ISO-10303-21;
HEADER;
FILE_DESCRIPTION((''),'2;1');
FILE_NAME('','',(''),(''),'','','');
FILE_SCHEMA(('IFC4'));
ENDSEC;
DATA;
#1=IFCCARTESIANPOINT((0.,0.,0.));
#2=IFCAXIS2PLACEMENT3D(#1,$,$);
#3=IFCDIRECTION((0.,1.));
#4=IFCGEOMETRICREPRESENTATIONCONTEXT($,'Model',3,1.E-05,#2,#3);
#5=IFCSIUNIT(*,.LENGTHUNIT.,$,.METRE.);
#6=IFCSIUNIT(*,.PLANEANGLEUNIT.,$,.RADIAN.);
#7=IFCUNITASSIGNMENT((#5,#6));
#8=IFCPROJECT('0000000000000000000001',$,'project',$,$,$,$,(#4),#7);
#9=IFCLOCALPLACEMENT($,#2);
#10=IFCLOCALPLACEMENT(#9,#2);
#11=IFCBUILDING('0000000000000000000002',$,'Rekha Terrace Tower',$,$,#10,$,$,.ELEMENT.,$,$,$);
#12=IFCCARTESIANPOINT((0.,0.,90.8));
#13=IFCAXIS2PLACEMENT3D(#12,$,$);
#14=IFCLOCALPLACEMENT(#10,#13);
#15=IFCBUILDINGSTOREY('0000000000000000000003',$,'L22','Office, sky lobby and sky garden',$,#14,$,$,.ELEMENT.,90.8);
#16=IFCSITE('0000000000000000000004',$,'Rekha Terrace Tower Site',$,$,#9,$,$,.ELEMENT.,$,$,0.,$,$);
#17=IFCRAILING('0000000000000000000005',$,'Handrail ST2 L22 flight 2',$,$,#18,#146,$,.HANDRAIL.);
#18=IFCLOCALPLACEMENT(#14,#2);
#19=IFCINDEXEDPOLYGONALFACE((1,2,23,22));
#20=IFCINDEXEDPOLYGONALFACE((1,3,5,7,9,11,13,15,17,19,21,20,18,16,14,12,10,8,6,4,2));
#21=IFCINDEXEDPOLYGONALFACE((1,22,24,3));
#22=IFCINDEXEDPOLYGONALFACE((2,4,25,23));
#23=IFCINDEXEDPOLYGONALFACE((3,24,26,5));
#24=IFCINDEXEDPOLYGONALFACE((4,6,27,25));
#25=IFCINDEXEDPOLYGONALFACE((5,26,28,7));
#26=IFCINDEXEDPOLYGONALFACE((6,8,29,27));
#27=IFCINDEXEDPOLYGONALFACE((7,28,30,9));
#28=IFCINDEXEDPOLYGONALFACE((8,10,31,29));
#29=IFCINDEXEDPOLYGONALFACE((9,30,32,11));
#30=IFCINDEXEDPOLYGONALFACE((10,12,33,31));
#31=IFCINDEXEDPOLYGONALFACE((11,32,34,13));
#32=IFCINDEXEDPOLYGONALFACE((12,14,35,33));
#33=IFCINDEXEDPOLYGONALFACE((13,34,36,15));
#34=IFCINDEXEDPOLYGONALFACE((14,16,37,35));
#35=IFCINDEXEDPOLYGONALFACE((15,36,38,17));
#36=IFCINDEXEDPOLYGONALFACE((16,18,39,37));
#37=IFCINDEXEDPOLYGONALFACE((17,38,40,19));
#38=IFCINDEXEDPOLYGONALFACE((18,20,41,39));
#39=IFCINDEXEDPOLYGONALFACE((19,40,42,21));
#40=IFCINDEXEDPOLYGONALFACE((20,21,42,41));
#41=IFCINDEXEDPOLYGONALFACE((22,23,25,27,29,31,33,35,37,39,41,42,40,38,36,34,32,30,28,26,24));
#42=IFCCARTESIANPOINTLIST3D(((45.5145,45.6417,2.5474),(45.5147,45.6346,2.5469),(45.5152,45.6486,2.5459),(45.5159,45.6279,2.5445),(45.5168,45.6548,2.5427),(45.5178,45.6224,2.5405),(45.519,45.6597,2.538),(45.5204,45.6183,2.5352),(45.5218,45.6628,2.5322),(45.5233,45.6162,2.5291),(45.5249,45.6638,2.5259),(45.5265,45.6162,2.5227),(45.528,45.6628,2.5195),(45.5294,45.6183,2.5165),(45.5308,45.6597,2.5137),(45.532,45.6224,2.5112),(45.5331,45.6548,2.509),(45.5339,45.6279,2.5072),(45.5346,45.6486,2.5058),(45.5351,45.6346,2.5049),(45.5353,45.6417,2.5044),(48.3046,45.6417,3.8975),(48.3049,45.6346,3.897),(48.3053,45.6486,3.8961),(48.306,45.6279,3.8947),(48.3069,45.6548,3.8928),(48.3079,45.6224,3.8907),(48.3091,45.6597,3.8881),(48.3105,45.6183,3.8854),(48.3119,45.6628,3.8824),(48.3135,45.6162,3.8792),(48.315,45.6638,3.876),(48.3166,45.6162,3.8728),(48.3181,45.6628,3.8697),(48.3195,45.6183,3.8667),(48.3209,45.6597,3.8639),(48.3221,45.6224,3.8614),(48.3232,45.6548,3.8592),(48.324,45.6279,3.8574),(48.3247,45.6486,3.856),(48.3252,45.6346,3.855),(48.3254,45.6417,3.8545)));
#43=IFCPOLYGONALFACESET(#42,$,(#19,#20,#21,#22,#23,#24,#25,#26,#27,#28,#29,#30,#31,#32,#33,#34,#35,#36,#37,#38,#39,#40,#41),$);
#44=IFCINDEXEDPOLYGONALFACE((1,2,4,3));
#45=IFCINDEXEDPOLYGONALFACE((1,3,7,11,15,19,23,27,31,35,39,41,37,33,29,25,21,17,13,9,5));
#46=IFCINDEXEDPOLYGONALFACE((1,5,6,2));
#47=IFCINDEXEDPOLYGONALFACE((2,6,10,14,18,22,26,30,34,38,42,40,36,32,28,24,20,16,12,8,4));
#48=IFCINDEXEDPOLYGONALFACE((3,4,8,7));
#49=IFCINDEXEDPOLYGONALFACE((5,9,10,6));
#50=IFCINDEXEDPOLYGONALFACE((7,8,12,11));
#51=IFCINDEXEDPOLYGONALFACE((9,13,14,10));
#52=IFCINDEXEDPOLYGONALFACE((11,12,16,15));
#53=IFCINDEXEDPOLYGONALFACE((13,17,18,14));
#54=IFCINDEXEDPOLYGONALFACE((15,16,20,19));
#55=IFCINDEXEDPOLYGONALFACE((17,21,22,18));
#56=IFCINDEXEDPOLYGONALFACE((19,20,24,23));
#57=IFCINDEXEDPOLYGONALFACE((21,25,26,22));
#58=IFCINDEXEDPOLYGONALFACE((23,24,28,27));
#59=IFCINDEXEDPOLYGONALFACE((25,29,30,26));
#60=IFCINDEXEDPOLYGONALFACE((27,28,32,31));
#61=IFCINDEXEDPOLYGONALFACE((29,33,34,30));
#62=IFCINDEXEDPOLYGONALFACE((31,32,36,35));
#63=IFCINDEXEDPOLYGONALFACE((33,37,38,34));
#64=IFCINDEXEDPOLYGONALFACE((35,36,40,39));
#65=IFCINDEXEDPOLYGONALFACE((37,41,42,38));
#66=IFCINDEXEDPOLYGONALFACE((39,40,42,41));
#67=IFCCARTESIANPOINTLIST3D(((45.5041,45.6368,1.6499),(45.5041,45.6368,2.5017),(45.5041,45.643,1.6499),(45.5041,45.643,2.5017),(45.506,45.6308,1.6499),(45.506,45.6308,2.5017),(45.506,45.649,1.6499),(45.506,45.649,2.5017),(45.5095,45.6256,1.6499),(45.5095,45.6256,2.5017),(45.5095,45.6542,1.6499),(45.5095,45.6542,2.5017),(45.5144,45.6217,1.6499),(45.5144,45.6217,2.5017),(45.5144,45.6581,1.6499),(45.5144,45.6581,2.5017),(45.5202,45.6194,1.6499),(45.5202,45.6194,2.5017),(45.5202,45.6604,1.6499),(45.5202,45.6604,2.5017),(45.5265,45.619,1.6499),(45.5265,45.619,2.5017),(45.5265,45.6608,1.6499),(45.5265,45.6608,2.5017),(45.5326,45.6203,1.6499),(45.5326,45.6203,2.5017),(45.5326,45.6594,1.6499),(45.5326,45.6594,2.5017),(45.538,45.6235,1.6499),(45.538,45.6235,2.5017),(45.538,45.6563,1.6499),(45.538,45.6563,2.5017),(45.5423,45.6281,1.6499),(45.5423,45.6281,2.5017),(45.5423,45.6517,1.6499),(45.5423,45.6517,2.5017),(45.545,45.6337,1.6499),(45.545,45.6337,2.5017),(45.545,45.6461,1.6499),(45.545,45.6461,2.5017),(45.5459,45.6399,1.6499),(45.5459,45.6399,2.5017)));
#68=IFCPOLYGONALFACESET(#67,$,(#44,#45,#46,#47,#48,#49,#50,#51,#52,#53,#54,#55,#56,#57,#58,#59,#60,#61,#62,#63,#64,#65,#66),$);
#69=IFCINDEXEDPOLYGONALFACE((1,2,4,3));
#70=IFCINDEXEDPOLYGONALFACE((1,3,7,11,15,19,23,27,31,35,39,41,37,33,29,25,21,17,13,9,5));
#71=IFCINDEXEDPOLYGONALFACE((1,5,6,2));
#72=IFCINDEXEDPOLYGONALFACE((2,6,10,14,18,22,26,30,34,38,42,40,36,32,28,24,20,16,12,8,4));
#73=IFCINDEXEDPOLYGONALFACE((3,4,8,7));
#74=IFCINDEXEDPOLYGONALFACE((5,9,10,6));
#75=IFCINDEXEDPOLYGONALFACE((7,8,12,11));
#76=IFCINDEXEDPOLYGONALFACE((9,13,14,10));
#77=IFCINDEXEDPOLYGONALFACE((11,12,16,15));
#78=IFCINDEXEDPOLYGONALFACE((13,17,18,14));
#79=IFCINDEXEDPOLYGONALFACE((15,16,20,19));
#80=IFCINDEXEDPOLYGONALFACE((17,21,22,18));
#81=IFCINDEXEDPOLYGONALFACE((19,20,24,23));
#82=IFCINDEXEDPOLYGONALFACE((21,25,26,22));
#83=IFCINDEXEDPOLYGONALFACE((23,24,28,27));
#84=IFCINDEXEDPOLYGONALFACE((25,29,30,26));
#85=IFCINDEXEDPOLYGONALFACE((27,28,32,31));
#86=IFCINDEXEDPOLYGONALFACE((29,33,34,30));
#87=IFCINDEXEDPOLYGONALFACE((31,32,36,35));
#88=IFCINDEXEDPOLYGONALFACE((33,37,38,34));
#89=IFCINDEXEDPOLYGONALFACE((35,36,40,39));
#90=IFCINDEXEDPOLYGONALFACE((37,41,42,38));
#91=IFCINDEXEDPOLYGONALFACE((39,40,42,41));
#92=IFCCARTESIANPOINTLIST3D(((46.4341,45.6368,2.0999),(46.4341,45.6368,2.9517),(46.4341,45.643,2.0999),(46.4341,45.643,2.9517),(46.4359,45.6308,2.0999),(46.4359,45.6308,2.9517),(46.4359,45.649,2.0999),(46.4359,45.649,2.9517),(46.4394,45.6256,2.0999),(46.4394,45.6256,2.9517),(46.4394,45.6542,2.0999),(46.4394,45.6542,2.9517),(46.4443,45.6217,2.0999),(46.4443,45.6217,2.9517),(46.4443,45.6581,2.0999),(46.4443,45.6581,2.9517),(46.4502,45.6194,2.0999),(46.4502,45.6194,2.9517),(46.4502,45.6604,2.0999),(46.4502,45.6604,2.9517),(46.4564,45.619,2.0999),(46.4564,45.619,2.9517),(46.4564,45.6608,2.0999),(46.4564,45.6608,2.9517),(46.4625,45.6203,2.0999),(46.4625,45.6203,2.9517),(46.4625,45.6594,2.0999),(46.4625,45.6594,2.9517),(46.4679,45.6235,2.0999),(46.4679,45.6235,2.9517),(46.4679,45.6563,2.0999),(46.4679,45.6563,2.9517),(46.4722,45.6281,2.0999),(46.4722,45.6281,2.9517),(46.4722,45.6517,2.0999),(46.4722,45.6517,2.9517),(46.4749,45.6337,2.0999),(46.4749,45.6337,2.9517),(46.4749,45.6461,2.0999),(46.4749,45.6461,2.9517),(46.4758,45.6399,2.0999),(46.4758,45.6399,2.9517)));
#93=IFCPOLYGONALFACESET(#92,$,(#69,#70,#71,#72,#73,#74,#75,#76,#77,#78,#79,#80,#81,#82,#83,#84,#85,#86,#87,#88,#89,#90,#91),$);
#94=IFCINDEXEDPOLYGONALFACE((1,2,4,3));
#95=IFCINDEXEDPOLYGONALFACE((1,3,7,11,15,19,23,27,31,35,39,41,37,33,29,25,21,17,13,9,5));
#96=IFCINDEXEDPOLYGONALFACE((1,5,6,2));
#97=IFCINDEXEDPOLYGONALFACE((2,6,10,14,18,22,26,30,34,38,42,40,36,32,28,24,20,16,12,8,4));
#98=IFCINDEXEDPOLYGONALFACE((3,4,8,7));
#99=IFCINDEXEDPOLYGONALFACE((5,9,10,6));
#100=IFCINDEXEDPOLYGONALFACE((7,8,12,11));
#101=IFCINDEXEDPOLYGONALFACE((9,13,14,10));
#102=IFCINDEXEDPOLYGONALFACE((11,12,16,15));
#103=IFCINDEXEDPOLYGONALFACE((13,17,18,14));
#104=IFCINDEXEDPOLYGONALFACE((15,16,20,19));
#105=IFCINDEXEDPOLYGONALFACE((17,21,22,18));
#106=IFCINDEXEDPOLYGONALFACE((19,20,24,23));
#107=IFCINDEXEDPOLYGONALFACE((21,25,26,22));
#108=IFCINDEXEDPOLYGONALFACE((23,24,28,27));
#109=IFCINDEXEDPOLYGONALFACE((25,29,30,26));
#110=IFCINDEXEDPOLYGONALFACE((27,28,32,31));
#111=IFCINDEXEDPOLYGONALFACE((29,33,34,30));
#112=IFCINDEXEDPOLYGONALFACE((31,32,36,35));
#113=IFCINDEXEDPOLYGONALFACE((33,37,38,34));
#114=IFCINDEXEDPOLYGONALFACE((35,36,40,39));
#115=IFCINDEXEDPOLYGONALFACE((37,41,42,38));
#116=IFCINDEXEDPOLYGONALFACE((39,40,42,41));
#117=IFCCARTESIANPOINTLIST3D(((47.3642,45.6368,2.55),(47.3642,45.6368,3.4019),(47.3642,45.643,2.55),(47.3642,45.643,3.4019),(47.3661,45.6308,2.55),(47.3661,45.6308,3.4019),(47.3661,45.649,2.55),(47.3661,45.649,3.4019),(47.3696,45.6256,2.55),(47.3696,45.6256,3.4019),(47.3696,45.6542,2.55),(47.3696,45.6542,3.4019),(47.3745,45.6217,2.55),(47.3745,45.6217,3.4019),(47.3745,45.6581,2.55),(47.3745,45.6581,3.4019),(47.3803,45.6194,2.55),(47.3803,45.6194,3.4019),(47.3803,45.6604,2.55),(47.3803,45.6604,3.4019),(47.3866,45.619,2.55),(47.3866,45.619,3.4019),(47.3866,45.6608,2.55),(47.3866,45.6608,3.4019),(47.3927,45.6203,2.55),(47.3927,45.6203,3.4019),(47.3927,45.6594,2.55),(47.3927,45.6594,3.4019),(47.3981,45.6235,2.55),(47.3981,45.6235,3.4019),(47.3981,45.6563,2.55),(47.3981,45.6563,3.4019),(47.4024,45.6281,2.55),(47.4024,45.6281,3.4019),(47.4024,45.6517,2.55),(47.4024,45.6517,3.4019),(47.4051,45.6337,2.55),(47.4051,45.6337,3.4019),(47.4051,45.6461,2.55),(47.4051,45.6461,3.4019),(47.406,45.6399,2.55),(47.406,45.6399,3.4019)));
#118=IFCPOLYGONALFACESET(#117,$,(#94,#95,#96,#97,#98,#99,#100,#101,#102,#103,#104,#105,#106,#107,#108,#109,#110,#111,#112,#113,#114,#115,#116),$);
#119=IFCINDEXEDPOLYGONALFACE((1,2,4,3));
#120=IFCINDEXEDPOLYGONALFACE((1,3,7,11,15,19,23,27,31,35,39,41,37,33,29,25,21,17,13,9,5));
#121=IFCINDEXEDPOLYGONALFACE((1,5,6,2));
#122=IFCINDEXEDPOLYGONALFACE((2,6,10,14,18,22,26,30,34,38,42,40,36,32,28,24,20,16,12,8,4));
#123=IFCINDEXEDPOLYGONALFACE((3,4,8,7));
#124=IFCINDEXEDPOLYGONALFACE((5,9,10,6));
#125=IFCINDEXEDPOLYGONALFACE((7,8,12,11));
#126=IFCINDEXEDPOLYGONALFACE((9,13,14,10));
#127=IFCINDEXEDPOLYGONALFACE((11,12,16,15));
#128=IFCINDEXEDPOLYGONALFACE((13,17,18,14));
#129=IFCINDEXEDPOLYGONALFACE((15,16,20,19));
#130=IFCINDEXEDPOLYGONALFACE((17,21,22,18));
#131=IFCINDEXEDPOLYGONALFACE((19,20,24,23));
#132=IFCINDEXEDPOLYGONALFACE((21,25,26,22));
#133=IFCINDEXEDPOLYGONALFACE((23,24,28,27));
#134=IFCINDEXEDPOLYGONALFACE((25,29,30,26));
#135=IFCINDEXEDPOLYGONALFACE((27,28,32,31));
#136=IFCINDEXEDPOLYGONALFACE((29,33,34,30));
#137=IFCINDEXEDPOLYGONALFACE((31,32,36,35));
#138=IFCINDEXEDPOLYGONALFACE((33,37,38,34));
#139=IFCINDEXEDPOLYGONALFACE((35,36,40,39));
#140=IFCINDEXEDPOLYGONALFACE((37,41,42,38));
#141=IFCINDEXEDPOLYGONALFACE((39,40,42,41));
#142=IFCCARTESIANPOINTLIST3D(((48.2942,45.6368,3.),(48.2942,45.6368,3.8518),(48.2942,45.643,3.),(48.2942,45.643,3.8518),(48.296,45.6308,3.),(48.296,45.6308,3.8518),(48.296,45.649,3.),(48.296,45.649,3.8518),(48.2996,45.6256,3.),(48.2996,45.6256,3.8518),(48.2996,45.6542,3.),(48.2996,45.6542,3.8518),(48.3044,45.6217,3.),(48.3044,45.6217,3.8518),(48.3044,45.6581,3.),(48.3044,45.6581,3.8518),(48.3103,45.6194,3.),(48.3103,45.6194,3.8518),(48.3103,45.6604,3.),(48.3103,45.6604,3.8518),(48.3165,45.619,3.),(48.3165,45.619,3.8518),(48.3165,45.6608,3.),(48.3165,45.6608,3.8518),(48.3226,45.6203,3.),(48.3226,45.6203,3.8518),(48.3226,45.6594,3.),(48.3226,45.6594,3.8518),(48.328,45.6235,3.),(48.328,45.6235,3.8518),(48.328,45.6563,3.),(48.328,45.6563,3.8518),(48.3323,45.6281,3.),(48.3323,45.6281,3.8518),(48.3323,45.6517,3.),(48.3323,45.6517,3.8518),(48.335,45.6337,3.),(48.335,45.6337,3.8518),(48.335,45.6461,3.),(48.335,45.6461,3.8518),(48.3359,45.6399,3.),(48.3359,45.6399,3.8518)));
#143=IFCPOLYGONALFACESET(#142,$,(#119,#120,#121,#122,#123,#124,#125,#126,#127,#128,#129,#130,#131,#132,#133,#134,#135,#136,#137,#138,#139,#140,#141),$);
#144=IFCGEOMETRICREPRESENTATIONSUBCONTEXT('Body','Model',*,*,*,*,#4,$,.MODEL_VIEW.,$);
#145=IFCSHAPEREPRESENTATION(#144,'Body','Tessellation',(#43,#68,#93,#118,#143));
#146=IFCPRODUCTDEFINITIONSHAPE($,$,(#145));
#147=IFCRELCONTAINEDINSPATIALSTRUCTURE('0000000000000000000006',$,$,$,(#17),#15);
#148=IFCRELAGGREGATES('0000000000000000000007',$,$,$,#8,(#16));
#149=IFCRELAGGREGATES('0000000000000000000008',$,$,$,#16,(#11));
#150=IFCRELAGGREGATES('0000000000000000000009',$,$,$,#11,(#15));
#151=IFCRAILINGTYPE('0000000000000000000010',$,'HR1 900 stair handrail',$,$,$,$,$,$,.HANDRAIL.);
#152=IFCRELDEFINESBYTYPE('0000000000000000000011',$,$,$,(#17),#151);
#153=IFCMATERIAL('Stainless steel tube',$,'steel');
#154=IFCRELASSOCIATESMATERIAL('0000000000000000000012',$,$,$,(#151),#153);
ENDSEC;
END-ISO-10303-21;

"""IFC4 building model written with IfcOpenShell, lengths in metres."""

from ifc_helpers import new_model, si_unit, direction, frame, origin, origin_2d, place, context, subcontext, project, spatial, circle, extrude, material, type_object, element, save


model = new_model("IFC4")

# Units and contexts
model_context = context("Model", 3, precision=1e-05, world=origin(), true_north=direction((0.0, 1.0)))
body_context = subcontext(model_context, "Body", "Model", "MODEL_VIEW")
ifc_project = project(units=[si_unit("LENGTHUNIT", "METRE"), si_unit("PLANEANGLEUNIT", "RADIAN")], contexts=[model_context])

# Site, building, storey
site_placement = place(None, origin())
site = spatial("IfcSite", under=ifc_project, at=site_placement, Name="Rekha Terrace Tower Site", CompositionType="ELEMENT", RefElevation=0.0)
building_placement = place(site_placement, origin())
building = spatial("IfcBuilding", under=site, at=building_placement, Name="Rekha Terrace Tower", CompositionType="ELEMENT")
storey_placement = place(building_placement, frame((0.0, 0.0, 90.8)))
storey = spatial("IfcBuildingStorey", under=building, at=storey_placement, Name="L22", Description="Office, sky lobby and sky garden", CompositionType="ELEMENT", Elevation=90.8)

# Railing
ifc_material_1 = material(Name="Stainless steel tube", Category="steel")
railing_type_1 = type_object("IfcRailingType", Name="HR1 900 stair handrail", PredefinedType="HANDRAIL", material=ifc_material_1)
railing_1_placement = place(storey_placement, frame((45.5249, 45.6399, 1.6499)))
element("IfcRailing", 1, at=railing_1_placement, inside=storey, type_object=railing_type_1, Name="Handrail ST2 L22 flight 2", PredefinedType="HANDRAIL", context=body_context, shape_type="SweptSolid", body=[
    extrude(circle(Radius=0.0239, at=origin_2d()), frame((0.0, 0.0, 0.876), z_axis=(0.900149, 0.0, 0.435582), x_axis=(0.0, 1.0, 0.0)), (0.0, 0.0, 1.0), 3.0996),
    extrude(circle(Radius=0.021, at=origin_2d()), origin(), (0.0, 0.0, 1.0), 0.8518),
    extrude(circle(Radius=0.021, at=origin_2d()), frame((0.9299, 0.0, 0.45)), (0.0, 0.0, 1.0), 0.8518),
    extrude(circle(Radius=0.021, at=origin_2d()), frame((1.8601, 0.0, 0.9001)), (0.0, 0.0, 1.0), 0.8518),
    extrude(circle(Radius=0.021, at=origin_2d()), frame((2.79, 0.0, 1.3501)), (0.0, 0.0, 1.0), 0.8518),
])

save(model, "model.ifc")
